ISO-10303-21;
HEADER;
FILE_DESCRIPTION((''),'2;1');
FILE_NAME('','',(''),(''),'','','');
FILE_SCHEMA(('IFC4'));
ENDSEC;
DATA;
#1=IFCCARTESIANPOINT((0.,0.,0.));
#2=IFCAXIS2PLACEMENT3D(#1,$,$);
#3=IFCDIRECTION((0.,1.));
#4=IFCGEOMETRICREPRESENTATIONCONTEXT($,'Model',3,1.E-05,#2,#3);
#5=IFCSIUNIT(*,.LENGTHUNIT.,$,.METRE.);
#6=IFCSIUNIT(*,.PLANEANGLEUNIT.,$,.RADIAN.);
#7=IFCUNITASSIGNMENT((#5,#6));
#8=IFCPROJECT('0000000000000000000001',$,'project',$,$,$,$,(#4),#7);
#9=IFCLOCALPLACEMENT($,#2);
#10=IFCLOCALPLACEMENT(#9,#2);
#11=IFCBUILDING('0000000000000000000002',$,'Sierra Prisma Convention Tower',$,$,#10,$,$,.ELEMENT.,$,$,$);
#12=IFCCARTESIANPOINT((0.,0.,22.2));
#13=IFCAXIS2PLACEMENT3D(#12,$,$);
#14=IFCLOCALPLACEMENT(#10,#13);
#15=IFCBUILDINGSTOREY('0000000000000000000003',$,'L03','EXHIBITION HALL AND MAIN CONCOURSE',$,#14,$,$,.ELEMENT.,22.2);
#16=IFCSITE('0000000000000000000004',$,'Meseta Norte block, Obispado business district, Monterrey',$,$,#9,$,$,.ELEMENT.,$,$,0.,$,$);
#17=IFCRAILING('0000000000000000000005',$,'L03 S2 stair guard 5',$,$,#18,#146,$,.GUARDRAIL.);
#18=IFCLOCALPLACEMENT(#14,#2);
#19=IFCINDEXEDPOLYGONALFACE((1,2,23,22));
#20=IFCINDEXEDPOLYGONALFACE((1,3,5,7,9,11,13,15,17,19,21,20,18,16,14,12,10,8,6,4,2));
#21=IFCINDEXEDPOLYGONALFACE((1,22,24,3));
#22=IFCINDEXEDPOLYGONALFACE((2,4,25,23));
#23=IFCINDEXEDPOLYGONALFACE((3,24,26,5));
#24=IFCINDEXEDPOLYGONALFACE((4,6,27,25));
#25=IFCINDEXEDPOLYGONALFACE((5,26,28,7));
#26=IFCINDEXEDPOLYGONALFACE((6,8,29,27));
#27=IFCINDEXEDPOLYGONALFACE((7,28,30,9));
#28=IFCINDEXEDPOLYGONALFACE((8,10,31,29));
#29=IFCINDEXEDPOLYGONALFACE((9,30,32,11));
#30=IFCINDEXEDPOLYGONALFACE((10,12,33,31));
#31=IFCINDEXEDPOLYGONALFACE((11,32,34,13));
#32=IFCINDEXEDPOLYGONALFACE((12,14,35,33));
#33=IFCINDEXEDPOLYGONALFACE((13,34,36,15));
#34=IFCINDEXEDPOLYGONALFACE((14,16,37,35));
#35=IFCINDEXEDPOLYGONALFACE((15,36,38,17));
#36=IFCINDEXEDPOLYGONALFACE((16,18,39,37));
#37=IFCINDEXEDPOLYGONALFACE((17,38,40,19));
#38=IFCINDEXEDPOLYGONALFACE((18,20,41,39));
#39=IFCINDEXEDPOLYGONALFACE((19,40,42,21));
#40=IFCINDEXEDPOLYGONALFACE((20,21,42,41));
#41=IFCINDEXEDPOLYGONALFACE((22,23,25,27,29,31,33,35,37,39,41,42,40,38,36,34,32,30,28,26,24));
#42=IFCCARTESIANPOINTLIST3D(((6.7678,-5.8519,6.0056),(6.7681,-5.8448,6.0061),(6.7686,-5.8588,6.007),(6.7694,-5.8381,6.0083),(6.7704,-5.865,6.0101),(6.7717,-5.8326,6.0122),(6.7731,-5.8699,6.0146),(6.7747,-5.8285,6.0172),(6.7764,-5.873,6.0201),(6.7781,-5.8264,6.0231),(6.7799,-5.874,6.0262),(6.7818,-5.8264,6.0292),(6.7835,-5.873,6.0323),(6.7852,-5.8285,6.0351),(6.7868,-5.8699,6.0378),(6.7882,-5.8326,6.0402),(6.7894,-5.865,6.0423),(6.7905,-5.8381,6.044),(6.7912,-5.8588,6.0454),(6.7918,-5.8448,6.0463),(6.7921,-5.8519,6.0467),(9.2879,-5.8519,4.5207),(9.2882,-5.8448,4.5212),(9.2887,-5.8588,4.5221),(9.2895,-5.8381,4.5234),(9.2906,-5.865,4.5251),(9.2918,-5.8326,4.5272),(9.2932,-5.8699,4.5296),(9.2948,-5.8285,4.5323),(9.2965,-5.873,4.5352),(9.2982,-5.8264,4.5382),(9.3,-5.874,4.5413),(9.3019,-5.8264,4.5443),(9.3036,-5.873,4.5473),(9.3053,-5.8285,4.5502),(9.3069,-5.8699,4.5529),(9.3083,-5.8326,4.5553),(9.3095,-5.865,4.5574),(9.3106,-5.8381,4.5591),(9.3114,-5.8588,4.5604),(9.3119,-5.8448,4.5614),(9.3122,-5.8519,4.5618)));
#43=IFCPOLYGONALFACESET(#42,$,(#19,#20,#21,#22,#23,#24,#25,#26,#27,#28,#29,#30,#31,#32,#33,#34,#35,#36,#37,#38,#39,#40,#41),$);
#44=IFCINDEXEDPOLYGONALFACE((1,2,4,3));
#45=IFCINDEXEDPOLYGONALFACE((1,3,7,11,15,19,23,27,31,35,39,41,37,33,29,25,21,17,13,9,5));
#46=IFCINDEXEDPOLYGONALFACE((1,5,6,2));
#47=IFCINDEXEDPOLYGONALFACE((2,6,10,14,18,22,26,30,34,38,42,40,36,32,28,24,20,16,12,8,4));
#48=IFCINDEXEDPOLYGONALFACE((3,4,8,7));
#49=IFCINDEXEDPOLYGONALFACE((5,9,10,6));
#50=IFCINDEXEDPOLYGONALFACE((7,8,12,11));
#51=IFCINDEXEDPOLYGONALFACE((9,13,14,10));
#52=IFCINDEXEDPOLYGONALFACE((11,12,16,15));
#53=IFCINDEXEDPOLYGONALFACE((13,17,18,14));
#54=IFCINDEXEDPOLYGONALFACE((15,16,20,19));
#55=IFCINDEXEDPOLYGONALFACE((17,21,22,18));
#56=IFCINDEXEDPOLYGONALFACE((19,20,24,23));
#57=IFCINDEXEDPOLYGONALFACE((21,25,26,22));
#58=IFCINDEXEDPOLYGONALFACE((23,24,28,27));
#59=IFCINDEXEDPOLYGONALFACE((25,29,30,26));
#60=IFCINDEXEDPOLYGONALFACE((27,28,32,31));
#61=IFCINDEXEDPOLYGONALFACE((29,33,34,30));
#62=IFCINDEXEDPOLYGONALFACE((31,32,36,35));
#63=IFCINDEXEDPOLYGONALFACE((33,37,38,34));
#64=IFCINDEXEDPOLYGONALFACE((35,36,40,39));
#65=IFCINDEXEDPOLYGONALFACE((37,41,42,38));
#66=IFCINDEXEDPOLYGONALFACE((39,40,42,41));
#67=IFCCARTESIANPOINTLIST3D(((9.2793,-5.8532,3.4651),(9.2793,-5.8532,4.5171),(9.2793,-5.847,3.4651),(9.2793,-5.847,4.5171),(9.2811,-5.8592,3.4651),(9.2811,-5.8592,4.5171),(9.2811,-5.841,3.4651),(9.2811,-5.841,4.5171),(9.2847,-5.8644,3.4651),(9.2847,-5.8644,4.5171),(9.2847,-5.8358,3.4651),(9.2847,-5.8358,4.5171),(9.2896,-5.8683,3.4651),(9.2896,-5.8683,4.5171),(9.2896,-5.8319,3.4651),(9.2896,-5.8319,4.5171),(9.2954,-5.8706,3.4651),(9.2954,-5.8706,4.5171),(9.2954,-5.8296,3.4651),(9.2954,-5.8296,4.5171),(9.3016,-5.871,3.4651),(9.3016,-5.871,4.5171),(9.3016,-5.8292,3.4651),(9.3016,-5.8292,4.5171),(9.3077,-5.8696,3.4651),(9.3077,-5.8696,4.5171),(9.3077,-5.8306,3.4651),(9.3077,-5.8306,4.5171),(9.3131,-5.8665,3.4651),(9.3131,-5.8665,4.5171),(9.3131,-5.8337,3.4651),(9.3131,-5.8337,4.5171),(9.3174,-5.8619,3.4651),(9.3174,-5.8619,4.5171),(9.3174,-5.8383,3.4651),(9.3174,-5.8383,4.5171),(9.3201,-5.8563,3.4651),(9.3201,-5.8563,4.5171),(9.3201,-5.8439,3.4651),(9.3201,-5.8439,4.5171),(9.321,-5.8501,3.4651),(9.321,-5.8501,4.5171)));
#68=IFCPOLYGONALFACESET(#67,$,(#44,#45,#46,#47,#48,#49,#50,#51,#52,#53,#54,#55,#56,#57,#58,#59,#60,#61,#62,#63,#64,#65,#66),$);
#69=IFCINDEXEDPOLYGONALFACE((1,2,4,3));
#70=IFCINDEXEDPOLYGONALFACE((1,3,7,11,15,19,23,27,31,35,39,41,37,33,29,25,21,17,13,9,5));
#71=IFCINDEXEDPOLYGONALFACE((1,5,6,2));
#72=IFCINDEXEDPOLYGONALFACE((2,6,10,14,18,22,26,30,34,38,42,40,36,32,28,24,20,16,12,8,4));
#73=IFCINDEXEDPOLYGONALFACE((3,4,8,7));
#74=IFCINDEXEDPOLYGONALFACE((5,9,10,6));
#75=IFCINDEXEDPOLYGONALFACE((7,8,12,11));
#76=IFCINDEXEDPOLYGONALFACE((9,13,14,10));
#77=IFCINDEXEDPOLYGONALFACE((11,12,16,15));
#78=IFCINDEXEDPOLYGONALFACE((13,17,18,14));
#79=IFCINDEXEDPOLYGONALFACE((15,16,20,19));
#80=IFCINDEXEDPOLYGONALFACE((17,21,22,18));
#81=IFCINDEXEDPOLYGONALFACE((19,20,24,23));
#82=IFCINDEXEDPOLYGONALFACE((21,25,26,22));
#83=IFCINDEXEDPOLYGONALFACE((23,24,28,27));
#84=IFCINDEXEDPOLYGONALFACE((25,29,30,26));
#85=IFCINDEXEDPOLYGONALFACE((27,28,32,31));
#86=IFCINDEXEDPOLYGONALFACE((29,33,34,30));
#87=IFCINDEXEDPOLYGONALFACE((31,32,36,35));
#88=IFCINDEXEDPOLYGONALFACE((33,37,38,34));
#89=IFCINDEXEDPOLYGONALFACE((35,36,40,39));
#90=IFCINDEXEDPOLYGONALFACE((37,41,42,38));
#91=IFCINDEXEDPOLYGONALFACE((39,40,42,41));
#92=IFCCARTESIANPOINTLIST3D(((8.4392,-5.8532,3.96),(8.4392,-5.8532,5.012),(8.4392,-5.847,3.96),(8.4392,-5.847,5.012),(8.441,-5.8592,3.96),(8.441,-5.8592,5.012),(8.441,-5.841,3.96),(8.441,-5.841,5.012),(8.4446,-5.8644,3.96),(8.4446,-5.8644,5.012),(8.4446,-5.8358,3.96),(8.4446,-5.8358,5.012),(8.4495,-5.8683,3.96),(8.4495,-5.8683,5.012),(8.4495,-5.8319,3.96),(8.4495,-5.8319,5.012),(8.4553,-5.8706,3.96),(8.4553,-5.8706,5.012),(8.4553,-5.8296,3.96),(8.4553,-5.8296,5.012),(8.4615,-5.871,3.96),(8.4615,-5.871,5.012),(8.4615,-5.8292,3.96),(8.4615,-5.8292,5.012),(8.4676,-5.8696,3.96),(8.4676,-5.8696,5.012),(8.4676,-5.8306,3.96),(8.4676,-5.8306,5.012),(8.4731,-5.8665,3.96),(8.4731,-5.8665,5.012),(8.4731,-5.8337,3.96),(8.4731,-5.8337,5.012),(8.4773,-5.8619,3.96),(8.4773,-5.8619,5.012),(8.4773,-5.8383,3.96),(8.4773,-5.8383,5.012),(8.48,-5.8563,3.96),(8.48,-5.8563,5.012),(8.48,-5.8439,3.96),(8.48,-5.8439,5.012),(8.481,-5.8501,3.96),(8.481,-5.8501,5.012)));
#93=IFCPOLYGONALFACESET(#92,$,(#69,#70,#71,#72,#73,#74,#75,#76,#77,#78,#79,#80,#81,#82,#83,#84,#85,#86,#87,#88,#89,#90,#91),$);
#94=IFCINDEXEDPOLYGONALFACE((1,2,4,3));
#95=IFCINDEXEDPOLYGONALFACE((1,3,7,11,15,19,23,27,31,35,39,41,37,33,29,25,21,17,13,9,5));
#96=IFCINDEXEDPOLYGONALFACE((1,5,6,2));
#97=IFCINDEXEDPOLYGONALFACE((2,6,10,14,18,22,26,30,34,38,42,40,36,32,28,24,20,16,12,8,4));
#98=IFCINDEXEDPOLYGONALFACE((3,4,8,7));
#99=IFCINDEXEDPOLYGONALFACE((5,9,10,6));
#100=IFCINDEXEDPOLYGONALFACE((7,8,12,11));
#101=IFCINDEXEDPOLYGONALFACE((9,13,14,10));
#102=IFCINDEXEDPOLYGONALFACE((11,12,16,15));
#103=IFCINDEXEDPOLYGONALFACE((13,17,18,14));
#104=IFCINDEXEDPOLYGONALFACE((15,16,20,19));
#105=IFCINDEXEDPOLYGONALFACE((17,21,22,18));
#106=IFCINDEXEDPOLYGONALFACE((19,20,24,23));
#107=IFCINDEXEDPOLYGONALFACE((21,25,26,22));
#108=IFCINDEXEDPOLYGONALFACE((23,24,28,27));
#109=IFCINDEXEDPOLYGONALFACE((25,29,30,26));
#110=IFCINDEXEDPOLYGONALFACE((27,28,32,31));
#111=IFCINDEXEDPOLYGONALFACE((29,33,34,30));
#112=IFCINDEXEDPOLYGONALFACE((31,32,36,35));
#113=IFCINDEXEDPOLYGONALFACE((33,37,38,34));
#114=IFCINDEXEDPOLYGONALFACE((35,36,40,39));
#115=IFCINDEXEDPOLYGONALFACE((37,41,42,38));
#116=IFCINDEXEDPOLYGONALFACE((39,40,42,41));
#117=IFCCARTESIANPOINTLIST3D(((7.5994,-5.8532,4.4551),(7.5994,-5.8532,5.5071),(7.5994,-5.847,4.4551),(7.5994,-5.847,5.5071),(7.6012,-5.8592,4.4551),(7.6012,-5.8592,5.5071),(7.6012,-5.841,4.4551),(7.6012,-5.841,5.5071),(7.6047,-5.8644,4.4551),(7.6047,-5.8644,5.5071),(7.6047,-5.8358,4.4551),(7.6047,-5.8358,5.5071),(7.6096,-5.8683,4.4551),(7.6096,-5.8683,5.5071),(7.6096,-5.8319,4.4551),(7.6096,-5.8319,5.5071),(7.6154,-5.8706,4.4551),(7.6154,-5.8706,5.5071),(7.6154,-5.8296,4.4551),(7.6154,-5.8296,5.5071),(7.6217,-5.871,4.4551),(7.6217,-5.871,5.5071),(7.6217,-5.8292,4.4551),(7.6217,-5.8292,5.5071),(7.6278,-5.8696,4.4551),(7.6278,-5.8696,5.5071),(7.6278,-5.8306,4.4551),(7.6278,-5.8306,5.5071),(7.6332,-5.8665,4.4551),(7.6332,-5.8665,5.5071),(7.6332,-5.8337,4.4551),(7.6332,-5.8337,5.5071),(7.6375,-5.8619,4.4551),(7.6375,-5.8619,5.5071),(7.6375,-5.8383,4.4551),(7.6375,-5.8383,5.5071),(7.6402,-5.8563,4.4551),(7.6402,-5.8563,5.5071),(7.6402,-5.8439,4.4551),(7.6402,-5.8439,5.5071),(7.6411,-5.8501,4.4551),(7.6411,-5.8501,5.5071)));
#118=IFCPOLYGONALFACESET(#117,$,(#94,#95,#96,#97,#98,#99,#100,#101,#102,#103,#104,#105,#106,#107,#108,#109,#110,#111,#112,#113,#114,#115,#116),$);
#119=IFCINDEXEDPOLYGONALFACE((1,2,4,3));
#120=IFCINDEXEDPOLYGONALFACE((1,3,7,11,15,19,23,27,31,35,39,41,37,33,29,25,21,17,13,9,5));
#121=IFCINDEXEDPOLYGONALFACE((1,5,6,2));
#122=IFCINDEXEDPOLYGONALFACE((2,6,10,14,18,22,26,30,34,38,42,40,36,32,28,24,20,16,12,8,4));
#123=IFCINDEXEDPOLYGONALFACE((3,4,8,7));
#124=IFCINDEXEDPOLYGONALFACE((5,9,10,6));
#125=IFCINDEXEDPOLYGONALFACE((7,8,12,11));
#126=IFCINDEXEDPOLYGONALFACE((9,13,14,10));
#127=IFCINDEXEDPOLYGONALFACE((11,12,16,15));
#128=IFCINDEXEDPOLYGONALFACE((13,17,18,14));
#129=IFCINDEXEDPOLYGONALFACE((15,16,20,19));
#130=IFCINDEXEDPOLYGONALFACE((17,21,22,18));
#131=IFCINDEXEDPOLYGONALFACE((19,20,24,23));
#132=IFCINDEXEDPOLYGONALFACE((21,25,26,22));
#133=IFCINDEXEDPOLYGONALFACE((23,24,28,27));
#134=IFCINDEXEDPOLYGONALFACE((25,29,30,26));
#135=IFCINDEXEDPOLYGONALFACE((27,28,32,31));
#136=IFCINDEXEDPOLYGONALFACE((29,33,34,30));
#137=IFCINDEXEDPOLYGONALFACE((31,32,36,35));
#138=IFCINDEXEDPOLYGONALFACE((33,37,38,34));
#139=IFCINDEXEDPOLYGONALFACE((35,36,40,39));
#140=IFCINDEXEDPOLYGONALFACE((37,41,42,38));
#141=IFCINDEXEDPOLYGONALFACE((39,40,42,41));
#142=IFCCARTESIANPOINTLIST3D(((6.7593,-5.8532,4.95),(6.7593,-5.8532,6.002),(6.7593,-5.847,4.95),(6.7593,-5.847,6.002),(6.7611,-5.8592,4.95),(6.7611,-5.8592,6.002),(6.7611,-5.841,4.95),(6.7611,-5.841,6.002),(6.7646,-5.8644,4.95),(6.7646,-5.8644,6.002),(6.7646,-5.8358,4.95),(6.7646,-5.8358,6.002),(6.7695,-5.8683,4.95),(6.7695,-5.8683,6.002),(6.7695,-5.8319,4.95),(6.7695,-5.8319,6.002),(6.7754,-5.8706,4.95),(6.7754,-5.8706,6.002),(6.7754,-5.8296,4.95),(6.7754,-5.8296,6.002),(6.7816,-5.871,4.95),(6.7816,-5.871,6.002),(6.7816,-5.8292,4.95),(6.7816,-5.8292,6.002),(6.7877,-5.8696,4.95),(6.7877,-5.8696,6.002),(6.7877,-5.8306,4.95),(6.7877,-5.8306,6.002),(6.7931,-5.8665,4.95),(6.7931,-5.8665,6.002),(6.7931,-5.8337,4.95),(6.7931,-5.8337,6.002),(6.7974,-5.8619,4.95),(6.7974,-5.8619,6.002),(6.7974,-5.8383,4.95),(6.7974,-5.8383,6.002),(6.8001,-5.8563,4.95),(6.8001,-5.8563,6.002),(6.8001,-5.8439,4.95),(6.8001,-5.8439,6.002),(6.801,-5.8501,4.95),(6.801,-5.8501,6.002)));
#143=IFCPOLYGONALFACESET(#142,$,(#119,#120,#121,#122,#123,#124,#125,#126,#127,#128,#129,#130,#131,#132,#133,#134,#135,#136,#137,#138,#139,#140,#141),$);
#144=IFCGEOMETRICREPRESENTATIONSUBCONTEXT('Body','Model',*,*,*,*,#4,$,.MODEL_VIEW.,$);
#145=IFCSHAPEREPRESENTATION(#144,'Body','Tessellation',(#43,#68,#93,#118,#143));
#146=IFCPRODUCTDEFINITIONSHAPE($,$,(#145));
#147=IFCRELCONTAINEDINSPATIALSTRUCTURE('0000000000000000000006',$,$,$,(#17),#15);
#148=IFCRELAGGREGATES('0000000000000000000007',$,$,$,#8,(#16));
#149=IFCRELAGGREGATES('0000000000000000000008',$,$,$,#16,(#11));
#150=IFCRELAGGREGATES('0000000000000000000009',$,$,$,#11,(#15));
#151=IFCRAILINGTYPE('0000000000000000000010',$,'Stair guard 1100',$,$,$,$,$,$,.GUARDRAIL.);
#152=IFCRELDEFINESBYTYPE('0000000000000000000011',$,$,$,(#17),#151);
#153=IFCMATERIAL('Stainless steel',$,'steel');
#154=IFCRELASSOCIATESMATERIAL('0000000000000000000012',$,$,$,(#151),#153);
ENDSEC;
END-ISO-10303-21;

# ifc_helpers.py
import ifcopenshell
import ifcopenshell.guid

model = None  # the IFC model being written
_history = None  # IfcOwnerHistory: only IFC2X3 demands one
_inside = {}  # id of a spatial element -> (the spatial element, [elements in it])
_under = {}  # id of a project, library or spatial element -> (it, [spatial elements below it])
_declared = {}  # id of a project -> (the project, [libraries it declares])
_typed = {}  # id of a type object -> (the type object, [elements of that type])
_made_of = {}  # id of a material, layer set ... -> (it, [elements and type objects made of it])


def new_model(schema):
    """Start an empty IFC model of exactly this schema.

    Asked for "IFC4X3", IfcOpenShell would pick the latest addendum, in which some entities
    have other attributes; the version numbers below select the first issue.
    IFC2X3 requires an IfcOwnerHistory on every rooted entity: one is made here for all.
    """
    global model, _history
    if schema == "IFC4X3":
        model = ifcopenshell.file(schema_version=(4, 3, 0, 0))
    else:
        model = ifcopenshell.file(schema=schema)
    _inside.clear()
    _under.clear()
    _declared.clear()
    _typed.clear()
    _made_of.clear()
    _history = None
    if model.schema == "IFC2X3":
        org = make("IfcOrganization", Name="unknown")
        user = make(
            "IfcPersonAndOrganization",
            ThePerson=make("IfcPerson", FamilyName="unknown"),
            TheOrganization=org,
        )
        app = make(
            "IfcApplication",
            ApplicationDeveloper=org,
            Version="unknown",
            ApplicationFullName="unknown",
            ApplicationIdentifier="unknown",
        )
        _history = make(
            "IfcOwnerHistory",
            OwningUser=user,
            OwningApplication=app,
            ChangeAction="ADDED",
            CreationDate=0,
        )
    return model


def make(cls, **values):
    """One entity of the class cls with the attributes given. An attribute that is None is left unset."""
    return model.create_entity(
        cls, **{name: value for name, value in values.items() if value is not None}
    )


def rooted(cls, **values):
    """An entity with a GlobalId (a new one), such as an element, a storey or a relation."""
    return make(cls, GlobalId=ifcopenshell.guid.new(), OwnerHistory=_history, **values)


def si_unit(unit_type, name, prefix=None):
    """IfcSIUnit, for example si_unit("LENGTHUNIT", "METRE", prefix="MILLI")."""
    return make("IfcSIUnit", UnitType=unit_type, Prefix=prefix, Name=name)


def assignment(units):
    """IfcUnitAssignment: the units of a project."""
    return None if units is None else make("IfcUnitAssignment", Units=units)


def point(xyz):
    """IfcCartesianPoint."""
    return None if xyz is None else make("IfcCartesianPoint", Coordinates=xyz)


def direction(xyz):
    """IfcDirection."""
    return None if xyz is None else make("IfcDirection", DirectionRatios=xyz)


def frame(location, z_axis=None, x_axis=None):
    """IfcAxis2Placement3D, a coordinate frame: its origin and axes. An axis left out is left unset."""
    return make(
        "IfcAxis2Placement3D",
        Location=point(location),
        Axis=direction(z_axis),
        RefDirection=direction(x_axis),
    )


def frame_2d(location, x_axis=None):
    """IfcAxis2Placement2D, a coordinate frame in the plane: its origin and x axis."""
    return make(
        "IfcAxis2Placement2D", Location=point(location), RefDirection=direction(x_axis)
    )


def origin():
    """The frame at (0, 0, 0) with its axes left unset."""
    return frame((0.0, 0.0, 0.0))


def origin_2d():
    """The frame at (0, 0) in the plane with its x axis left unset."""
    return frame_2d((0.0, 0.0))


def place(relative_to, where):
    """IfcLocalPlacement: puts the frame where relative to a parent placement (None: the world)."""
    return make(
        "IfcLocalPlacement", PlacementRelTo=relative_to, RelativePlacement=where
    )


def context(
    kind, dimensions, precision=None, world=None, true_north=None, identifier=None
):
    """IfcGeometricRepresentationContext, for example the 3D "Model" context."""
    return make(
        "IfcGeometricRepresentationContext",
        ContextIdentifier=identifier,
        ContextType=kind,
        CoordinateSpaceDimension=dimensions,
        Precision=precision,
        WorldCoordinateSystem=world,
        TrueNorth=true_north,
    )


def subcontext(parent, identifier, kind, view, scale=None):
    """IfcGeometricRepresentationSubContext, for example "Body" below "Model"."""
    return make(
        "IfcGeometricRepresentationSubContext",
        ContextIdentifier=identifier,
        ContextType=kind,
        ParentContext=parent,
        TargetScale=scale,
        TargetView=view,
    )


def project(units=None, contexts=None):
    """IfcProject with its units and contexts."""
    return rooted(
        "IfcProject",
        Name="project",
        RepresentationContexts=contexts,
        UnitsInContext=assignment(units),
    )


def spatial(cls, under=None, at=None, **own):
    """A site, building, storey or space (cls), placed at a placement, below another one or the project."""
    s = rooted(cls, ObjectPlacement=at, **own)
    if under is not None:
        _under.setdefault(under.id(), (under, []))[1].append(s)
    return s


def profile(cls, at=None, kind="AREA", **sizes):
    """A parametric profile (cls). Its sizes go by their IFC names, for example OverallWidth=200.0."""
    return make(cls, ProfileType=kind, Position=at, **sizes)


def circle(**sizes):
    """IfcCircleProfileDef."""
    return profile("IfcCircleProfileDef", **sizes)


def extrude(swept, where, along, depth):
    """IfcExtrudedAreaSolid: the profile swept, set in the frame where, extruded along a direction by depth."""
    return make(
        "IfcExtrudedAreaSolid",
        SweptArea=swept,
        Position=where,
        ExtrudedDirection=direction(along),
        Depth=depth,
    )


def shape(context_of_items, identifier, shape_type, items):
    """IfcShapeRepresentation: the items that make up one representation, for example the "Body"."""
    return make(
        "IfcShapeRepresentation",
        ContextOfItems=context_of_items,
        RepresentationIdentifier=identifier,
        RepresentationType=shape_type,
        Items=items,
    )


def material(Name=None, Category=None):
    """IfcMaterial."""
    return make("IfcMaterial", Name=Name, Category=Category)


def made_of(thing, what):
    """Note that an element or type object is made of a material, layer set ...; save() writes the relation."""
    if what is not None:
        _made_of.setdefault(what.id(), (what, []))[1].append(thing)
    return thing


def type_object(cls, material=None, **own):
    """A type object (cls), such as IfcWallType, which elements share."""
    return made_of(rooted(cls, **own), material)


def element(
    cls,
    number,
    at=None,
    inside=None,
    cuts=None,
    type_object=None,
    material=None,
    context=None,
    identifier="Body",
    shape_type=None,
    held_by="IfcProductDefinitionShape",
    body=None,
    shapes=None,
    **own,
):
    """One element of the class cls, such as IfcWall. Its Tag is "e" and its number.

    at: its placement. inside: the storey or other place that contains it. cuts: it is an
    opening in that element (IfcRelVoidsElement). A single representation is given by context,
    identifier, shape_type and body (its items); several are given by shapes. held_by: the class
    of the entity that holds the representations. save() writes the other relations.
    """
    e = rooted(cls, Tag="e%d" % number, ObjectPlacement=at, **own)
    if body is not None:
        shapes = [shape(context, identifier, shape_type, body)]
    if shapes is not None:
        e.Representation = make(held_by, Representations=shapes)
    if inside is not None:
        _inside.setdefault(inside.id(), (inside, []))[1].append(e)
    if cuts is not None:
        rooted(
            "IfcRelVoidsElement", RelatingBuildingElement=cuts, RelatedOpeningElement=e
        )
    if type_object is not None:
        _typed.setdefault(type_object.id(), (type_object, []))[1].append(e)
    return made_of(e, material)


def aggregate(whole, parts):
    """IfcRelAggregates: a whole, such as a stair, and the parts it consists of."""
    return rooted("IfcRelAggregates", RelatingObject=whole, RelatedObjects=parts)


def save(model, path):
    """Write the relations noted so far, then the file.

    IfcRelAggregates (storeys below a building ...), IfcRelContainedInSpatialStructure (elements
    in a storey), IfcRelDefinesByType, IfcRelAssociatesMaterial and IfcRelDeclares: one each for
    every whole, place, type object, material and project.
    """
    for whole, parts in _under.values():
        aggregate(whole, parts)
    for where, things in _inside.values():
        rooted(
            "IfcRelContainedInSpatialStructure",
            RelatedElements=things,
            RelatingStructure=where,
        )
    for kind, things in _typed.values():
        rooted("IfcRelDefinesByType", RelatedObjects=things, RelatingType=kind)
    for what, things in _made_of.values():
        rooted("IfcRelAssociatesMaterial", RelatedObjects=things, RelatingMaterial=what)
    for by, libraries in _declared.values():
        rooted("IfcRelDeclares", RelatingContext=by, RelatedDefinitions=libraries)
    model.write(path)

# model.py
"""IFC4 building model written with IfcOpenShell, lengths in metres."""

from ifc_helpers import new_model, si_unit, direction, frame, origin, origin_2d, place, context, subcontext, project, spatial, circle, extrude, material, type_object, element, save


model = new_model("IFC4")

# Units and contexts
model_context = context("Model", 3, precision=1e-05, world=origin(), true_north=direction((0.0, 1.0)))
body_context = subcontext(model_context, "Body", "Model", "MODEL_VIEW")
ifc_project = project(units=[si_unit("LENGTHUNIT", "METRE"), si_unit("PLANEANGLEUNIT", "RADIAN")], contexts=[model_context])

# Site, building, storey
site_placement = place(None, origin())
site = spatial("IfcSite", under=ifc_project, at=site_placement, Name="Meseta Norte block, Obispado business district, Monterrey", CompositionType="ELEMENT", RefElevation=0.0)
building_placement = place(site_placement, origin())
building = spatial("IfcBuilding", under=site, at=building_placement, Name="Sierra Prisma Convention Tower", CompositionType="ELEMENT")
storey_placement = place(building_placement, frame((0.0, 0.0, 22.2)))
storey = spatial("IfcBuildingStorey", under=building, at=storey_placement, Name="L03", Description="EXHIBITION HALL AND MAIN CONCOURSE", CompositionType="ELEMENT", Elevation=22.2)

# Railing
ifc_material_1 = material(Name="Stainless steel", Category="steel")
railing_type_1 = type_object("IfcRailingType", Name="Stair guard 1100", PredefinedType="GUARDRAIL", material=ifc_material_1)
railing_1_placement = place(storey_placement, frame((9.3, -5.8501, 3.4651)))
element("IfcRailing", 1, at=railing_1_placement, inside=storey, type_object=railing_type_1, Name="L03 S2 stair guard 5", PredefinedType="GUARDRAIL", context=body_context, shape_type="SweptSolid", body=[
    extrude(circle(Radius=0.0239, at=origin_2d()), frame((0.0, 0.0, 1.0762), z_axis=(-0.861561, 0.0, 0.507655), x_axis=(0.0, -1.0, 0.0)), (0.0, 0.0, 1.0), 2.925),
    extrude(circle(Radius=0.021, at=origin_2d()), origin(), (0.0, 0.0, 1.0), 1.052),
    extrude(circle(Radius=0.021, at=origin_2d()), frame((-0.8401, 0.0, 0.4949)), (0.0, 0.0, 1.0), 1.052),
    extrude(circle(Radius=0.021, at=origin_2d()), frame((-1.6799, 0.0, 0.99)), (0.0, 0.0, 1.0), 1.052),
    extrude(circle(Radius=0.021, at=origin_2d()), frame((-2.52, 0.0, 1.4849)), (0.0, 0.0, 1.0), 1.052),
])

save(model, "model.ifc")
